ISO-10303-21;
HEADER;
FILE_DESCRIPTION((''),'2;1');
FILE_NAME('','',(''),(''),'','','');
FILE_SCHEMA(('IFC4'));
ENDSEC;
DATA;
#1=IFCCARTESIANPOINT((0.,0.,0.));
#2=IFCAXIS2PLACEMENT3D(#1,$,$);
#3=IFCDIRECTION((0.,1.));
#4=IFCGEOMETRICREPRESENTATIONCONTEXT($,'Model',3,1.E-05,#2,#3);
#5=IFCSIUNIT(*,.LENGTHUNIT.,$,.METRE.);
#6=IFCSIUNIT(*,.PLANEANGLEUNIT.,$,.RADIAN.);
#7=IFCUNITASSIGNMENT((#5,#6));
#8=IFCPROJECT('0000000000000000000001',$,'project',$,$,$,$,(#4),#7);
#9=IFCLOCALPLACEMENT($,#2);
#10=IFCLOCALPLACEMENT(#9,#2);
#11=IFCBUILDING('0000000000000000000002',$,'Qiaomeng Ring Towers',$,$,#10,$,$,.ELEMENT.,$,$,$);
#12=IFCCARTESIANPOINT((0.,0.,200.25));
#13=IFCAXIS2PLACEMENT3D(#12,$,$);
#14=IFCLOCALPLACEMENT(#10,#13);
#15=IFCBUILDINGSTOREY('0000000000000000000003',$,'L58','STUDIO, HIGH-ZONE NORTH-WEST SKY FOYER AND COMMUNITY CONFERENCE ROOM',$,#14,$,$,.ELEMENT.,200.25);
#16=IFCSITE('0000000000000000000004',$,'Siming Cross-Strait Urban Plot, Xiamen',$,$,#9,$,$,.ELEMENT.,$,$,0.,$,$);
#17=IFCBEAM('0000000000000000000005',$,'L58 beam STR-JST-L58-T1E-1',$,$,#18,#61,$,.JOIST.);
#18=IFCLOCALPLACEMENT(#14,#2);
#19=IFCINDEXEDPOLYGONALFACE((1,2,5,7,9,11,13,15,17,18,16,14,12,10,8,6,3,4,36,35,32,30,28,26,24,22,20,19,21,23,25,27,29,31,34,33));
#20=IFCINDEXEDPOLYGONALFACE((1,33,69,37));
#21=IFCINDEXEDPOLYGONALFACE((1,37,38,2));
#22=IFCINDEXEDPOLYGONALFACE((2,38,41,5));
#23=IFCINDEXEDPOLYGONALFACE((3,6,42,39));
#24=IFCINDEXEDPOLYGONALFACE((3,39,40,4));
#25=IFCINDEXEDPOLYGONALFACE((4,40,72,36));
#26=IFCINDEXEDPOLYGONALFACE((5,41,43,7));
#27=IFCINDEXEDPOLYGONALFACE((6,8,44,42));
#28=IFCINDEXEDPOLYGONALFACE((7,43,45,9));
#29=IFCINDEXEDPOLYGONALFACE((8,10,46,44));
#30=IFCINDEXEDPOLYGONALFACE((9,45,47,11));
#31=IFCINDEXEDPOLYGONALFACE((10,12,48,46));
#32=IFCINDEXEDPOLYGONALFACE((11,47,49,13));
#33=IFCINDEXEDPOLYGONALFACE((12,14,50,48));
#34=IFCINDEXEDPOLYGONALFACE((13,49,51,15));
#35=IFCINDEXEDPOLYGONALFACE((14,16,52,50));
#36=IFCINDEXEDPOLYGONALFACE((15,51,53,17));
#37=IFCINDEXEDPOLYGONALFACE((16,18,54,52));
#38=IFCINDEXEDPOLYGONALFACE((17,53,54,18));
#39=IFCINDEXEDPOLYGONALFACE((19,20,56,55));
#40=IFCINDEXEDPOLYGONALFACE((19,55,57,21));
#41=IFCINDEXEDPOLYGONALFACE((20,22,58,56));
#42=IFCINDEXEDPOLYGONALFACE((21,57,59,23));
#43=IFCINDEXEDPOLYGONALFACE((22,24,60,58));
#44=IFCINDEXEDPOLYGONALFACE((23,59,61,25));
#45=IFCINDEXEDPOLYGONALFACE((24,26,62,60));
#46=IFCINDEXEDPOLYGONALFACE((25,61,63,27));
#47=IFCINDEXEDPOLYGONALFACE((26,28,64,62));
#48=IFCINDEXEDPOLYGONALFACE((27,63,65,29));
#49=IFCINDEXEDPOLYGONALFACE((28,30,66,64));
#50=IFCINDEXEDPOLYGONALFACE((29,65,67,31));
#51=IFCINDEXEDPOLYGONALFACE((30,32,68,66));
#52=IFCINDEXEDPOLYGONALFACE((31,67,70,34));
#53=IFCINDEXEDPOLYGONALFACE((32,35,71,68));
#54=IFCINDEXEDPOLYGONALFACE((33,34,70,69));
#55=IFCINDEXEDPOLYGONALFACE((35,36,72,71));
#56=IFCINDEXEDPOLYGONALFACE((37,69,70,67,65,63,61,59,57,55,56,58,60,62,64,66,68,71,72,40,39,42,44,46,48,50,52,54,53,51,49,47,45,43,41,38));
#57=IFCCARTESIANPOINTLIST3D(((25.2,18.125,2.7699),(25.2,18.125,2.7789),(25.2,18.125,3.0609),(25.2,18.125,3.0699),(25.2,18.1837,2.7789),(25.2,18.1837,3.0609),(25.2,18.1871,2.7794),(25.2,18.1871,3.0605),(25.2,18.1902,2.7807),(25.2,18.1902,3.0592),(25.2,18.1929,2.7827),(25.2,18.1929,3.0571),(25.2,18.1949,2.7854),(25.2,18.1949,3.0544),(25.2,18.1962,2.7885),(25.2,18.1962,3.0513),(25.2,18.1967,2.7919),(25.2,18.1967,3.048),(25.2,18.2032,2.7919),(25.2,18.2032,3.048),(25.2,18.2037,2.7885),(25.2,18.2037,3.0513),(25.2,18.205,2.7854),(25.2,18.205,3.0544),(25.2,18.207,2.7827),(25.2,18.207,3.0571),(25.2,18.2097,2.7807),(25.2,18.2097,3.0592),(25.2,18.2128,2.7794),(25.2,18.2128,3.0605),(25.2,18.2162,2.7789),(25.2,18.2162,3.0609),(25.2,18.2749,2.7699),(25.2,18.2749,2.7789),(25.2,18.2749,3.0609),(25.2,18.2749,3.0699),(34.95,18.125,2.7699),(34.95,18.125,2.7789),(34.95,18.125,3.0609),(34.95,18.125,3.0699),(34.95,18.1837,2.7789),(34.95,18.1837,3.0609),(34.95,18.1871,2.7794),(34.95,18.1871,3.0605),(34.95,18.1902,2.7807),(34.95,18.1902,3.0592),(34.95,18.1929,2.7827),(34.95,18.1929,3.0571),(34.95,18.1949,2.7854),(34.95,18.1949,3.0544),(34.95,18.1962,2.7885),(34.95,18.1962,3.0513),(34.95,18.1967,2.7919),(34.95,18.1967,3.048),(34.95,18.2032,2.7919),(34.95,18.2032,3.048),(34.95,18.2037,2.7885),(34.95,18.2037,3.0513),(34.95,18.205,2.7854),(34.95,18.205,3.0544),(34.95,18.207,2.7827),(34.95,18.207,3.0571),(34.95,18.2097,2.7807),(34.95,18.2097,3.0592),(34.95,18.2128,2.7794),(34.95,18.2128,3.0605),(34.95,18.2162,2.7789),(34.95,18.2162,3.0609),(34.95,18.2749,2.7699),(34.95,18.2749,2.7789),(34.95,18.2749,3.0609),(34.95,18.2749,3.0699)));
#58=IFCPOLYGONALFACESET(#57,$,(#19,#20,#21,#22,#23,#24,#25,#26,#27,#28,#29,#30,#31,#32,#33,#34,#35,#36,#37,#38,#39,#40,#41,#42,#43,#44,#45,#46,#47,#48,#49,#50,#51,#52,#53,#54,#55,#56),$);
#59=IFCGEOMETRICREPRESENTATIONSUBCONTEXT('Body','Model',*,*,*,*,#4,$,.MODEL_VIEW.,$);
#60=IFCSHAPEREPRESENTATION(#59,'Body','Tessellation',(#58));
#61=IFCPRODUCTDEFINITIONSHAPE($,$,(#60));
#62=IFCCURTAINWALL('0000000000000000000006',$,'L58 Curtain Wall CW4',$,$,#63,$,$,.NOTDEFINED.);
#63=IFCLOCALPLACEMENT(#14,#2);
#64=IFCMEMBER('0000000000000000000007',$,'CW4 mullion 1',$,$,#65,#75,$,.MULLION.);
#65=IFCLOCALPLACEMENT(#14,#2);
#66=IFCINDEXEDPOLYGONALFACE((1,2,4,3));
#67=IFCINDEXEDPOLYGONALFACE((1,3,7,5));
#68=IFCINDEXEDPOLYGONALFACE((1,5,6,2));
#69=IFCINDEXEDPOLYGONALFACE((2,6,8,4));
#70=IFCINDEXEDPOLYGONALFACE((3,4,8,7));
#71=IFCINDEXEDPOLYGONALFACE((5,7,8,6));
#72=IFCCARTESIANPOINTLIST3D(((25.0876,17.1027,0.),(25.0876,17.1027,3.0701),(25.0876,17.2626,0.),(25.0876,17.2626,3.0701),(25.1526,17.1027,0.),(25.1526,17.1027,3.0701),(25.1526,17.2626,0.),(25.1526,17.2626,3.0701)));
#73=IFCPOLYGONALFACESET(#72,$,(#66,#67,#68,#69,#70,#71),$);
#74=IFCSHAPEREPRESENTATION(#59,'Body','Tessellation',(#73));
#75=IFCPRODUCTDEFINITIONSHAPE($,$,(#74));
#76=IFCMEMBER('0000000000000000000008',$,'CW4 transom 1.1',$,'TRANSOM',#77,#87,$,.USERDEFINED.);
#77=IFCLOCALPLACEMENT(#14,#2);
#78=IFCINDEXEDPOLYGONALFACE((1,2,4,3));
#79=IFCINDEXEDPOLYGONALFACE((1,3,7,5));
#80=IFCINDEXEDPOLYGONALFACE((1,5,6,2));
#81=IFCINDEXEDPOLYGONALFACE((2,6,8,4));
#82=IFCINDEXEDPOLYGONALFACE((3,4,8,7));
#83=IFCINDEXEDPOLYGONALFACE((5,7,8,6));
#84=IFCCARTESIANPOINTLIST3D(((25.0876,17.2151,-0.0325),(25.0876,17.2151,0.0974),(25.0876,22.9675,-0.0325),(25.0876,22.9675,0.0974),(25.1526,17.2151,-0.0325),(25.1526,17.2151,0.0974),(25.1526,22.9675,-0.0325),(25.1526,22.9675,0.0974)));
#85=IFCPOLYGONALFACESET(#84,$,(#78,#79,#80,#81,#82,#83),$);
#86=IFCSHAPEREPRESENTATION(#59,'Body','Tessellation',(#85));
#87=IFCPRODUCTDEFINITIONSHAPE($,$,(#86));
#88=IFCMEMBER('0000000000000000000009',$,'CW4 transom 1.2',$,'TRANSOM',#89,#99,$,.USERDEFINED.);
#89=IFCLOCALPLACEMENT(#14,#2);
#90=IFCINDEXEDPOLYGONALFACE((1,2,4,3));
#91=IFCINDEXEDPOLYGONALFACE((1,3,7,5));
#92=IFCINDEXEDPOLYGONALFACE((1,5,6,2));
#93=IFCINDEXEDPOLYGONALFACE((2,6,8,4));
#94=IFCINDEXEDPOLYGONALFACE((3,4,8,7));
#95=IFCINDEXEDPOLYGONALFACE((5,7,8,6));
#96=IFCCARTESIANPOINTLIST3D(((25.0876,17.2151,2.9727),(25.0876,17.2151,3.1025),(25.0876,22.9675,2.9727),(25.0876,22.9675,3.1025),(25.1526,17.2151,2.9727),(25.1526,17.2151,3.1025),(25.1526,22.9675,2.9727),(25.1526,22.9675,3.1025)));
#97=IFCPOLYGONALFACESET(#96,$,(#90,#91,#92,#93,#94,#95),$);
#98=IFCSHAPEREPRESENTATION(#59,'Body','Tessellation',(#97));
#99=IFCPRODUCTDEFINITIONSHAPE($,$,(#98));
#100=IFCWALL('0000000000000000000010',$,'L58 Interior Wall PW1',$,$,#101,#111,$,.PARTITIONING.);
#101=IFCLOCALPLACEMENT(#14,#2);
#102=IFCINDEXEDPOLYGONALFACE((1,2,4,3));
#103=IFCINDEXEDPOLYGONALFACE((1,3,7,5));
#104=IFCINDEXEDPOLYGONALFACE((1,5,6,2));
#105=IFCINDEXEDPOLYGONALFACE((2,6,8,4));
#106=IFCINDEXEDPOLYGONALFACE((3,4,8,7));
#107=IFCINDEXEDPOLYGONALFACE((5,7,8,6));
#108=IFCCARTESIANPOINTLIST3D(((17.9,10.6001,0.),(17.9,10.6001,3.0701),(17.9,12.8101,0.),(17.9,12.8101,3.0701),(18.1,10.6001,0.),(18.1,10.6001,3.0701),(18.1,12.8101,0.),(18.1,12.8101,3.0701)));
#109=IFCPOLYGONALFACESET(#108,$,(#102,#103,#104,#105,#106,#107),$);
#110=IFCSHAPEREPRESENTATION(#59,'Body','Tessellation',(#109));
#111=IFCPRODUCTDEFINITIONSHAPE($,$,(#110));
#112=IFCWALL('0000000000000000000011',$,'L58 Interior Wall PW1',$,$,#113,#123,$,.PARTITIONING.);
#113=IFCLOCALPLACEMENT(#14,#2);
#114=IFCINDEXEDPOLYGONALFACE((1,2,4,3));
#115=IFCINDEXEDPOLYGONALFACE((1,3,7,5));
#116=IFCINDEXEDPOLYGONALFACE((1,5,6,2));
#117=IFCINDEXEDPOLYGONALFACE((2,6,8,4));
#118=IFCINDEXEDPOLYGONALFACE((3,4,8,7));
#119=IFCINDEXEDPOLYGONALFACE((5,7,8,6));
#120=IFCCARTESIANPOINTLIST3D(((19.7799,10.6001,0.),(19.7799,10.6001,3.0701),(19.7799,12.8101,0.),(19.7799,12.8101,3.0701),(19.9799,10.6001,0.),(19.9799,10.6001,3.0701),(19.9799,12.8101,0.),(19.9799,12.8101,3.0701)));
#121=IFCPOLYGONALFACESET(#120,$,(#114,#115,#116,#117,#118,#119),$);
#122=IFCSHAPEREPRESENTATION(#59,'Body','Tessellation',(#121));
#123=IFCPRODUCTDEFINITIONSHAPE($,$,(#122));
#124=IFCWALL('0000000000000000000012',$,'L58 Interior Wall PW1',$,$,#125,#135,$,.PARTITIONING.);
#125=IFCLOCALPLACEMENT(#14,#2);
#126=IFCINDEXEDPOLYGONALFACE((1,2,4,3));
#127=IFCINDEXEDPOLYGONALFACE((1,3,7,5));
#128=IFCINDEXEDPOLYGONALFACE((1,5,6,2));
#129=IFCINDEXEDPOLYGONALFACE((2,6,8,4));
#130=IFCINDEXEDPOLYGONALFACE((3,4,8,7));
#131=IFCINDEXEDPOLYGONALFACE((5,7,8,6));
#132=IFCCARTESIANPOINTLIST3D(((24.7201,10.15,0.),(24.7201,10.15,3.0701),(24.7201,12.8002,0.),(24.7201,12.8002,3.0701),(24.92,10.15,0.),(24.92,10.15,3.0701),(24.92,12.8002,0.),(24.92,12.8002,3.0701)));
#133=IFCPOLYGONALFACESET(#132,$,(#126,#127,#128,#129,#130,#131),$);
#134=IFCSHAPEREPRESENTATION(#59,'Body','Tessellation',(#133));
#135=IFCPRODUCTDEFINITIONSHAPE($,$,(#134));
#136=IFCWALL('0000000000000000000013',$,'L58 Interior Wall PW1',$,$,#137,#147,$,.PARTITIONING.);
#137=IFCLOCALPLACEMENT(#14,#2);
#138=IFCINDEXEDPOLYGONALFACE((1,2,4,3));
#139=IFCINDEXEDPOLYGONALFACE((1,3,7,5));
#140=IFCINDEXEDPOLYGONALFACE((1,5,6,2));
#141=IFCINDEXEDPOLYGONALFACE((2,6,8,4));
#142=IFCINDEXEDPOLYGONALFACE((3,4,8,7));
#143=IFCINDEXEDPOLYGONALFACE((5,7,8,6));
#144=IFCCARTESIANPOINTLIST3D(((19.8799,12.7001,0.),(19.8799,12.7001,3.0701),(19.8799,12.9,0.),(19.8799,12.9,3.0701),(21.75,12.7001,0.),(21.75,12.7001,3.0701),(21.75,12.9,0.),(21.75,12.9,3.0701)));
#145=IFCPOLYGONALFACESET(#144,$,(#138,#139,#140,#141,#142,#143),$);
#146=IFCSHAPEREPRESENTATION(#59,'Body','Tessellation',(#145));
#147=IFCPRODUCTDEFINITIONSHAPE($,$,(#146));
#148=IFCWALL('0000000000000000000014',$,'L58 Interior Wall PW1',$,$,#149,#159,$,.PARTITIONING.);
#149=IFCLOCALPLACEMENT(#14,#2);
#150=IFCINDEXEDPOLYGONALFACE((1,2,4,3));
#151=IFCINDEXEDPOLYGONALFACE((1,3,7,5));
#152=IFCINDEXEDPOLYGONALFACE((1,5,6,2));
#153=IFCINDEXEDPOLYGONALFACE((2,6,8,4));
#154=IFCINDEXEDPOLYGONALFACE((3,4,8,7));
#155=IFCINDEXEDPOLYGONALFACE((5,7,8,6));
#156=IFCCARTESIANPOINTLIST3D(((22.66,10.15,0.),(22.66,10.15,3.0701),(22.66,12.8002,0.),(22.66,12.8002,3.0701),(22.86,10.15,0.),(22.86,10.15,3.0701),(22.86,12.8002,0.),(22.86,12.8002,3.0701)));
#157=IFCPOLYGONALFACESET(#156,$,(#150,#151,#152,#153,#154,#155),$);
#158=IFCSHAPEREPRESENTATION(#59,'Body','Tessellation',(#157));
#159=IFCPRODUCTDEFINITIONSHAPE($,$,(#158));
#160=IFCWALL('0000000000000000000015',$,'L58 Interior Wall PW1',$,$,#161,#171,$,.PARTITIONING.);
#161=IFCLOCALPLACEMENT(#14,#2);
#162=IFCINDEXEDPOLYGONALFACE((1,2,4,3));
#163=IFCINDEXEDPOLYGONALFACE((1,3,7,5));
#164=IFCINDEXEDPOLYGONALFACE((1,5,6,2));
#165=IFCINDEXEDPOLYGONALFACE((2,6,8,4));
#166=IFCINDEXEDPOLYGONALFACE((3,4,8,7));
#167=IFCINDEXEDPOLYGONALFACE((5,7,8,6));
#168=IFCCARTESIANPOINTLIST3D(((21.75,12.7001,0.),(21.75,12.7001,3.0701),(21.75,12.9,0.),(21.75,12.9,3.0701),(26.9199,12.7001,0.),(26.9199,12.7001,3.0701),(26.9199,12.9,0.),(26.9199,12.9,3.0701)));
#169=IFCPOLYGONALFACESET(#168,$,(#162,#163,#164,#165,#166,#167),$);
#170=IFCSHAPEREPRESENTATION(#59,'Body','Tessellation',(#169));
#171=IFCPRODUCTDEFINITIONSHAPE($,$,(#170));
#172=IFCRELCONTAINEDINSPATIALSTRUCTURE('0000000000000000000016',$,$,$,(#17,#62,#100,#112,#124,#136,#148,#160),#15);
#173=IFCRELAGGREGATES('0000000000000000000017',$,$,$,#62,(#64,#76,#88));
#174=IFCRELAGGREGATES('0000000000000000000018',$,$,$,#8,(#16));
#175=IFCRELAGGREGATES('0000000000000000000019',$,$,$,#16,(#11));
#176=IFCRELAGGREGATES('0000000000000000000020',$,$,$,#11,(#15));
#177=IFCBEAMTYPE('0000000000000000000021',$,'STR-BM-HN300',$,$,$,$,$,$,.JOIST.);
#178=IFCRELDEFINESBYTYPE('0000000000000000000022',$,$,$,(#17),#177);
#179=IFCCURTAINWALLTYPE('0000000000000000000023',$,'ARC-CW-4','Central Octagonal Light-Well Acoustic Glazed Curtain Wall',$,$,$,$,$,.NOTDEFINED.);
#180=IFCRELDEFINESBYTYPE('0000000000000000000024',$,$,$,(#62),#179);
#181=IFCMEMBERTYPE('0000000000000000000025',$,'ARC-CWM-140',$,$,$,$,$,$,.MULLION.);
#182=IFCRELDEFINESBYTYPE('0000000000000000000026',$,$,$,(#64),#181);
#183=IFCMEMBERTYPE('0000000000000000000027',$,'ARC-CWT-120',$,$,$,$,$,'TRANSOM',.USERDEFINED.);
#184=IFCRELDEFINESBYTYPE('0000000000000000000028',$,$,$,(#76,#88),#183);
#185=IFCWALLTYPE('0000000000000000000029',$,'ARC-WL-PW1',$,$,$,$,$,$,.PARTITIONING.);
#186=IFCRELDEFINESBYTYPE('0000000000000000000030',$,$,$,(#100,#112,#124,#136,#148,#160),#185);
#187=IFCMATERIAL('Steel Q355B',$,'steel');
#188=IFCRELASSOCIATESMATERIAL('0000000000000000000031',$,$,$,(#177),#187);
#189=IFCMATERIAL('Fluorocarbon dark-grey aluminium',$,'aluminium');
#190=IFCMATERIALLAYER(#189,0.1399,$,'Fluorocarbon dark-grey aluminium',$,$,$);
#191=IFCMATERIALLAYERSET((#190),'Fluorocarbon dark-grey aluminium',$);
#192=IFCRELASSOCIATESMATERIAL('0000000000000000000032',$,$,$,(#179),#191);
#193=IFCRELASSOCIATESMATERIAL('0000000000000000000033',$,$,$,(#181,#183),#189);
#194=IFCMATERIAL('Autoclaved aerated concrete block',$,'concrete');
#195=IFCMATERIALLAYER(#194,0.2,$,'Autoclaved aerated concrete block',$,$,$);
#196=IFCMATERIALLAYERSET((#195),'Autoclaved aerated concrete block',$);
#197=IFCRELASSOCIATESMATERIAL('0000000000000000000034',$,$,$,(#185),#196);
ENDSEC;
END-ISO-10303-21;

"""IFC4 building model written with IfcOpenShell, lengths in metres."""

from ifc_helpers import new_model, si_unit, direction, frame, frame_2d, origin, origin_2d, place, context, subcontext, project, spatial, rectangle, i_section, extrude, source, transform, mapped, material, layer, layer_set, material_profile, profile_set, type_object, element, aggregate, save


model = new_model("IFC4")

# Units and contexts
model_context = context("Model", 3, precision=1e-05, world=origin(), true_north=direction((0.0, 1.0)))
body_context = subcontext(model_context, "Body", "Model", "MODEL_VIEW")
ifc_project = project(units=[si_unit("LENGTHUNIT", "METRE"), si_unit("PLANEANGLEUNIT", "RADIAN")], contexts=[model_context])

# Site, building, storey
site_placement = place(None, origin())
site = spatial("IfcSite", under=ifc_project, at=site_placement, Name="Siming Cross-Strait Urban Plot, Xiamen", CompositionType="ELEMENT", RefElevation=0.0)
building_placement = place(site_placement, origin())
building = spatial("IfcBuilding", under=site, at=building_placement, Name="Qiaomeng Ring Towers", CompositionType="ELEMENT")
storey_placement = place(building_placement, frame((0.0, 0.0, 200.25)))
storey = spatial("IfcBuildingStorey", under=building, at=storey_placement, Name="L58", Description="STUDIO, HIGH-ZONE NORTH-WEST SKY FOYER AND COMMUNITY CONFERENCE ROOM", CompositionType="ELEMENT", Elevation=200.25)

# Beam
ifc_material_1 = material(Name="Steel Q355B", Category="steel")
ifc_material_profile_1 = material_profile(ifc_material_1, i_section(OverallWidth=0.1499, OverallDepth=0.3, WebThickness=0.0066, FlangeThickness=0.009, FilletRadius=0.0129, at=origin_2d()), Name="HN 300x150x6.5x9")
ifc_profile_set_1 = profile_set([ifc_material_profile_1], Name="Steel Q355B")
beam_type_1 = type_object("IfcBeamType", Name="STR-BM-HN300", PredefinedType="JOIST", material=ifc_profile_set_1)
shared_shape_1 = source(origin(), body_context, "Body", "SweptSolid", [
    extrude(i_section(OverallWidth=0.1499, OverallDepth=0.3, WebThickness=0.0066, FlangeThickness=0.009, FilletRadius=0.0129, at=origin_2d()), origin(), (0.0, 0.0, 1.0), 9.75),
])
beam_1_placement = place(storey_placement, frame((25.2, 18.2, 2.9199), z_axis=(1.0, 0.0, 0.0), x_axis=(0.0, 1.0, 0.0)))
element("IfcBeam", 1, at=beam_1_placement, inside=storey, type_object=beam_type_1, Name="L58 beam STR-JST-L58-T1E-1", PredefinedType="JOIST", context=body_context, shape_type="MappedRepresentation", body=[
    mapped(shared_shape_1, transform((0.0, 0.0, 0.0), x_axis=(1.0, 0.0, 0.0), y_axis=(0.0, 1.0, 0.0), z_axis=(0.0, 0.0, 1.0), scale=1.0)),
])

# Curtain wall, members
ifc_material_2 = material(Name="Fluorocarbon dark-grey aluminium", Category="aluminium")
ifc_layer_1 = layer(ifc_material_2, 0.1399, Name="Fluorocarbon dark-grey aluminium")
ifc_layer_set_1 = layer_set([ifc_layer_1], Name="Fluorocarbon dark-grey aluminium")
curtain_wall_type = type_object("IfcCurtainWallType", Name="ARC-CW-4", Description="Central Octagonal Light-Well Acoustic Glazed Curtain Wall", PredefinedType="NOTDEFINED", material=ifc_layer_set_1)
curtain_wall_placement = place(storey_placement, origin())
curtain_wall = element("IfcCurtainWall", 2, at=curtain_wall_placement, inside=storey, type_object=curtain_wall_type, Name="L58 Curtain Wall CW4", PredefinedType="NOTDEFINED")
ifc_material_profile_2 = material_profile(ifc_material_2, rectangle(XDim=0.0649, YDim=0.1599, at=origin_2d()), Name="ALU MULL 65x160")
ifc_profile_set_2 = profile_set([ifc_material_profile_2], Name="Fluorocarbon dark-grey aluminium")
member_type_1 = type_object("IfcMemberType", Name="ARC-CWM-140", PredefinedType="MULLION", material=ifc_profile_set_2)
shared_shape_2 = source(origin(), body_context, "Body", "SweptSolid", [
    extrude(rectangle(XDim=0.0649, YDim=0.1599, at=origin_2d()), origin(), (0.0, 0.0, 1.0), 3.0701),
])
member_1_placement = place(storey_placement, frame((25.1201, 17.1826, 0.0), z_axis=(0.0, 0.0, 1.0), x_axis=(-1.0, 0.0, 0.0)))
member_1 = element("IfcMember", 3, at=member_1_placement, type_object=member_type_1, Name="CW4 mullion 1", PredefinedType="MULLION", context=body_context, shape_type="MappedRepresentation", body=[
    mapped(shared_shape_2, transform((0.0, 0.0, 0.0), x_axis=(1.0, 0.0, 0.0), y_axis=(0.0, 1.0, 0.0), z_axis=(0.0, 0.0, 1.0), scale=1.0)),
])
ifc_material_profile_3 = material_profile(ifc_material_2, rectangle(XDim=0.0649, YDim=0.1299, at=origin_2d()), Name="ALU TRAN 65x130")
ifc_profile_set_3 = profile_set([ifc_material_profile_3], Name="Fluorocarbon dark-grey aluminium")
member_type_2 = type_object("IfcMemberType", Name="ARC-CWT-120", ElementType="TRANSOM", PredefinedType="USERDEFINED", material=ifc_profile_set_3)
shared_shape_3 = source(origin(), body_context, "Body", "SweptSolid", [
    extrude(rectangle(XDim=0.0649, YDim=0.1299, at=origin_2d()), origin(), (0.0, 0.0, 1.0), 5.7524),
])
member_2_placement = place(storey_placement, frame((25.1201, 17.2151, 0.0325), z_axis=(0.0, 1.0, 0.0), x_axis=(-1.0, 0.0, 0.0)))
member_2 = element("IfcMember", 4, at=member_2_placement, type_object=member_type_2, Name="CW4 transom 1.1", ObjectType="TRANSOM", PredefinedType="USERDEFINED", context=body_context, shape_type="MappedRepresentation", body=[
    mapped(shared_shape_3, transform((0.0, 0.0, 0.0), x_axis=(1.0, 0.0, 0.0), y_axis=(0.0, 1.0, 0.0), z_axis=(0.0, 0.0, 1.0), scale=1.0)),
])
member_3_placement = place(storey_placement, frame((25.1201, 17.2151, 3.0376), z_axis=(0.0, 1.0, 0.0), x_axis=(-1.0, 0.0, 0.0)))
member_3 = element("IfcMember", 5, at=member_3_placement, type_object=member_type_2, Name="CW4 transom 1.2", ObjectType="TRANSOM", PredefinedType="USERDEFINED", context=body_context, shape_type="MappedRepresentation", body=[
    mapped(shared_shape_3, transform((0.0, 0.0, 0.0), x_axis=(1.0, 0.0, 0.0), y_axis=(0.0, 1.0, 0.0), z_axis=(0.0, 0.0, 1.0), scale=1.0)),
])
aggregate(curtain_wall, [member_1, member_2, member_3])

# Walls
ifc_material_3 = material(Name="Autoclaved aerated concrete block", Category="concrete")
ifc_layer_2 = layer(ifc_material_3, 0.2, Name="Autoclaved aerated concrete block")
ifc_layer_set_2 = layer_set([ifc_layer_2], Name="Autoclaved aerated concrete block")
wall_type_1 = type_object("IfcWallType", Name="ARC-WL-PW1", PredefinedType="PARTITIONING", material=ifc_layer_set_2)
for number, where, z_axis, x_axis, name in (
    (6, (18.0, 10.6001, 0.0), (0.0, 0.0, 1.0), (0.0, 1.0, 0.0), "L58 Interior Wall PW1"),
    (7, (19.8799, 10.6001, 0.0), (0.0, 0.0, 1.0), (0.0, 1.0, 0.0), "L58 Interior Wall PW1"),
):
    element("IfcWall", number, at=place(storey_placement, frame(where, z_axis=z_axis, x_axis=x_axis)), inside=storey, type_object=wall_type_1, Name=name, PredefinedType="PARTITIONING", context=body_context, shape_type="SweptSolid", body=[
        extrude(rectangle(XDim=2.21, YDim=0.2, at=frame_2d((1.105, 0.0))), origin(), (0.0, 0.0, 1.0), 3.0701),
    ])
wall_1_placement = place(storey_placement, frame((24.8201, 10.1499, 0.0), z_axis=(0.0, 0.0, 1.0), x_axis=(0.0, 1.0, 0.0)))
element("IfcWall", 8, at=wall_1_placement, inside=storey, type_object=wall_type_1, Name="L58 Interior Wall PW1", PredefinedType="PARTITIONING", context=body_context, shape_type="SweptSolid", body=[
    extrude(rectangle(XDim=2.6501, YDim=0.2, at=frame_2d((1.3252, 0.0))), origin(), (0.0, 0.0, 1.0), 3.0701),
])
wall_2_placement = place(storey_placement, frame((19.8799, 12.8, 0.0), z_axis=(0.0, 0.0, 1.0), x_axis=(1.0, 0.0, 0.0)))
element("IfcWall", 9, at=wall_2_placement, inside=storey, type_object=wall_type_1, Name="L58 Interior Wall PW1", PredefinedType="PARTITIONING", context=body_context, shape_type="SweptSolid", body=[
    extrude(rectangle(XDim=1.8701, YDim=0.2, at=frame_2d((0.9351, 0.0))), origin(), (0.0, 0.0, 1.0), 3.0701),
])
wall_3_placement = place(storey_placement, frame((22.76, 10.1499, 0.0), z_axis=(0.0, 0.0, 1.0), x_axis=(0.0, 1.0, 0.0)))
element("IfcWall", 10, at=wall_3_placement, inside=storey, type_object=wall_type_1, Name="L58 Interior Wall PW1", PredefinedType="PARTITIONING", context=body_context, shape_type="SweptSolid", body=[
    extrude(rectangle(XDim=2.6501, YDim=0.2, at=frame_2d((1.3252, 0.0))), origin(), (0.0, 0.0, 1.0), 3.0701),
])
wall_4_placement = place(storey_placement, frame((21.75, 12.8, 0.0), z_axis=(0.0, 0.0, 1.0), x_axis=(1.0, 0.0, 0.0)))
element("IfcWall", 11, at=wall_4_placement, inside=storey, type_object=wall_type_1, Name="L58 Interior Wall PW1", PredefinedType="PARTITIONING", context=body_context, shape_type="SweptSolid", body=[
    extrude(rectangle(XDim=5.1699, YDim=0.2, at=frame_2d((2.585, 0.0))), origin(), (0.0, 0.0, 1.0), 3.0701),
])

save(model, "model.ifc")
